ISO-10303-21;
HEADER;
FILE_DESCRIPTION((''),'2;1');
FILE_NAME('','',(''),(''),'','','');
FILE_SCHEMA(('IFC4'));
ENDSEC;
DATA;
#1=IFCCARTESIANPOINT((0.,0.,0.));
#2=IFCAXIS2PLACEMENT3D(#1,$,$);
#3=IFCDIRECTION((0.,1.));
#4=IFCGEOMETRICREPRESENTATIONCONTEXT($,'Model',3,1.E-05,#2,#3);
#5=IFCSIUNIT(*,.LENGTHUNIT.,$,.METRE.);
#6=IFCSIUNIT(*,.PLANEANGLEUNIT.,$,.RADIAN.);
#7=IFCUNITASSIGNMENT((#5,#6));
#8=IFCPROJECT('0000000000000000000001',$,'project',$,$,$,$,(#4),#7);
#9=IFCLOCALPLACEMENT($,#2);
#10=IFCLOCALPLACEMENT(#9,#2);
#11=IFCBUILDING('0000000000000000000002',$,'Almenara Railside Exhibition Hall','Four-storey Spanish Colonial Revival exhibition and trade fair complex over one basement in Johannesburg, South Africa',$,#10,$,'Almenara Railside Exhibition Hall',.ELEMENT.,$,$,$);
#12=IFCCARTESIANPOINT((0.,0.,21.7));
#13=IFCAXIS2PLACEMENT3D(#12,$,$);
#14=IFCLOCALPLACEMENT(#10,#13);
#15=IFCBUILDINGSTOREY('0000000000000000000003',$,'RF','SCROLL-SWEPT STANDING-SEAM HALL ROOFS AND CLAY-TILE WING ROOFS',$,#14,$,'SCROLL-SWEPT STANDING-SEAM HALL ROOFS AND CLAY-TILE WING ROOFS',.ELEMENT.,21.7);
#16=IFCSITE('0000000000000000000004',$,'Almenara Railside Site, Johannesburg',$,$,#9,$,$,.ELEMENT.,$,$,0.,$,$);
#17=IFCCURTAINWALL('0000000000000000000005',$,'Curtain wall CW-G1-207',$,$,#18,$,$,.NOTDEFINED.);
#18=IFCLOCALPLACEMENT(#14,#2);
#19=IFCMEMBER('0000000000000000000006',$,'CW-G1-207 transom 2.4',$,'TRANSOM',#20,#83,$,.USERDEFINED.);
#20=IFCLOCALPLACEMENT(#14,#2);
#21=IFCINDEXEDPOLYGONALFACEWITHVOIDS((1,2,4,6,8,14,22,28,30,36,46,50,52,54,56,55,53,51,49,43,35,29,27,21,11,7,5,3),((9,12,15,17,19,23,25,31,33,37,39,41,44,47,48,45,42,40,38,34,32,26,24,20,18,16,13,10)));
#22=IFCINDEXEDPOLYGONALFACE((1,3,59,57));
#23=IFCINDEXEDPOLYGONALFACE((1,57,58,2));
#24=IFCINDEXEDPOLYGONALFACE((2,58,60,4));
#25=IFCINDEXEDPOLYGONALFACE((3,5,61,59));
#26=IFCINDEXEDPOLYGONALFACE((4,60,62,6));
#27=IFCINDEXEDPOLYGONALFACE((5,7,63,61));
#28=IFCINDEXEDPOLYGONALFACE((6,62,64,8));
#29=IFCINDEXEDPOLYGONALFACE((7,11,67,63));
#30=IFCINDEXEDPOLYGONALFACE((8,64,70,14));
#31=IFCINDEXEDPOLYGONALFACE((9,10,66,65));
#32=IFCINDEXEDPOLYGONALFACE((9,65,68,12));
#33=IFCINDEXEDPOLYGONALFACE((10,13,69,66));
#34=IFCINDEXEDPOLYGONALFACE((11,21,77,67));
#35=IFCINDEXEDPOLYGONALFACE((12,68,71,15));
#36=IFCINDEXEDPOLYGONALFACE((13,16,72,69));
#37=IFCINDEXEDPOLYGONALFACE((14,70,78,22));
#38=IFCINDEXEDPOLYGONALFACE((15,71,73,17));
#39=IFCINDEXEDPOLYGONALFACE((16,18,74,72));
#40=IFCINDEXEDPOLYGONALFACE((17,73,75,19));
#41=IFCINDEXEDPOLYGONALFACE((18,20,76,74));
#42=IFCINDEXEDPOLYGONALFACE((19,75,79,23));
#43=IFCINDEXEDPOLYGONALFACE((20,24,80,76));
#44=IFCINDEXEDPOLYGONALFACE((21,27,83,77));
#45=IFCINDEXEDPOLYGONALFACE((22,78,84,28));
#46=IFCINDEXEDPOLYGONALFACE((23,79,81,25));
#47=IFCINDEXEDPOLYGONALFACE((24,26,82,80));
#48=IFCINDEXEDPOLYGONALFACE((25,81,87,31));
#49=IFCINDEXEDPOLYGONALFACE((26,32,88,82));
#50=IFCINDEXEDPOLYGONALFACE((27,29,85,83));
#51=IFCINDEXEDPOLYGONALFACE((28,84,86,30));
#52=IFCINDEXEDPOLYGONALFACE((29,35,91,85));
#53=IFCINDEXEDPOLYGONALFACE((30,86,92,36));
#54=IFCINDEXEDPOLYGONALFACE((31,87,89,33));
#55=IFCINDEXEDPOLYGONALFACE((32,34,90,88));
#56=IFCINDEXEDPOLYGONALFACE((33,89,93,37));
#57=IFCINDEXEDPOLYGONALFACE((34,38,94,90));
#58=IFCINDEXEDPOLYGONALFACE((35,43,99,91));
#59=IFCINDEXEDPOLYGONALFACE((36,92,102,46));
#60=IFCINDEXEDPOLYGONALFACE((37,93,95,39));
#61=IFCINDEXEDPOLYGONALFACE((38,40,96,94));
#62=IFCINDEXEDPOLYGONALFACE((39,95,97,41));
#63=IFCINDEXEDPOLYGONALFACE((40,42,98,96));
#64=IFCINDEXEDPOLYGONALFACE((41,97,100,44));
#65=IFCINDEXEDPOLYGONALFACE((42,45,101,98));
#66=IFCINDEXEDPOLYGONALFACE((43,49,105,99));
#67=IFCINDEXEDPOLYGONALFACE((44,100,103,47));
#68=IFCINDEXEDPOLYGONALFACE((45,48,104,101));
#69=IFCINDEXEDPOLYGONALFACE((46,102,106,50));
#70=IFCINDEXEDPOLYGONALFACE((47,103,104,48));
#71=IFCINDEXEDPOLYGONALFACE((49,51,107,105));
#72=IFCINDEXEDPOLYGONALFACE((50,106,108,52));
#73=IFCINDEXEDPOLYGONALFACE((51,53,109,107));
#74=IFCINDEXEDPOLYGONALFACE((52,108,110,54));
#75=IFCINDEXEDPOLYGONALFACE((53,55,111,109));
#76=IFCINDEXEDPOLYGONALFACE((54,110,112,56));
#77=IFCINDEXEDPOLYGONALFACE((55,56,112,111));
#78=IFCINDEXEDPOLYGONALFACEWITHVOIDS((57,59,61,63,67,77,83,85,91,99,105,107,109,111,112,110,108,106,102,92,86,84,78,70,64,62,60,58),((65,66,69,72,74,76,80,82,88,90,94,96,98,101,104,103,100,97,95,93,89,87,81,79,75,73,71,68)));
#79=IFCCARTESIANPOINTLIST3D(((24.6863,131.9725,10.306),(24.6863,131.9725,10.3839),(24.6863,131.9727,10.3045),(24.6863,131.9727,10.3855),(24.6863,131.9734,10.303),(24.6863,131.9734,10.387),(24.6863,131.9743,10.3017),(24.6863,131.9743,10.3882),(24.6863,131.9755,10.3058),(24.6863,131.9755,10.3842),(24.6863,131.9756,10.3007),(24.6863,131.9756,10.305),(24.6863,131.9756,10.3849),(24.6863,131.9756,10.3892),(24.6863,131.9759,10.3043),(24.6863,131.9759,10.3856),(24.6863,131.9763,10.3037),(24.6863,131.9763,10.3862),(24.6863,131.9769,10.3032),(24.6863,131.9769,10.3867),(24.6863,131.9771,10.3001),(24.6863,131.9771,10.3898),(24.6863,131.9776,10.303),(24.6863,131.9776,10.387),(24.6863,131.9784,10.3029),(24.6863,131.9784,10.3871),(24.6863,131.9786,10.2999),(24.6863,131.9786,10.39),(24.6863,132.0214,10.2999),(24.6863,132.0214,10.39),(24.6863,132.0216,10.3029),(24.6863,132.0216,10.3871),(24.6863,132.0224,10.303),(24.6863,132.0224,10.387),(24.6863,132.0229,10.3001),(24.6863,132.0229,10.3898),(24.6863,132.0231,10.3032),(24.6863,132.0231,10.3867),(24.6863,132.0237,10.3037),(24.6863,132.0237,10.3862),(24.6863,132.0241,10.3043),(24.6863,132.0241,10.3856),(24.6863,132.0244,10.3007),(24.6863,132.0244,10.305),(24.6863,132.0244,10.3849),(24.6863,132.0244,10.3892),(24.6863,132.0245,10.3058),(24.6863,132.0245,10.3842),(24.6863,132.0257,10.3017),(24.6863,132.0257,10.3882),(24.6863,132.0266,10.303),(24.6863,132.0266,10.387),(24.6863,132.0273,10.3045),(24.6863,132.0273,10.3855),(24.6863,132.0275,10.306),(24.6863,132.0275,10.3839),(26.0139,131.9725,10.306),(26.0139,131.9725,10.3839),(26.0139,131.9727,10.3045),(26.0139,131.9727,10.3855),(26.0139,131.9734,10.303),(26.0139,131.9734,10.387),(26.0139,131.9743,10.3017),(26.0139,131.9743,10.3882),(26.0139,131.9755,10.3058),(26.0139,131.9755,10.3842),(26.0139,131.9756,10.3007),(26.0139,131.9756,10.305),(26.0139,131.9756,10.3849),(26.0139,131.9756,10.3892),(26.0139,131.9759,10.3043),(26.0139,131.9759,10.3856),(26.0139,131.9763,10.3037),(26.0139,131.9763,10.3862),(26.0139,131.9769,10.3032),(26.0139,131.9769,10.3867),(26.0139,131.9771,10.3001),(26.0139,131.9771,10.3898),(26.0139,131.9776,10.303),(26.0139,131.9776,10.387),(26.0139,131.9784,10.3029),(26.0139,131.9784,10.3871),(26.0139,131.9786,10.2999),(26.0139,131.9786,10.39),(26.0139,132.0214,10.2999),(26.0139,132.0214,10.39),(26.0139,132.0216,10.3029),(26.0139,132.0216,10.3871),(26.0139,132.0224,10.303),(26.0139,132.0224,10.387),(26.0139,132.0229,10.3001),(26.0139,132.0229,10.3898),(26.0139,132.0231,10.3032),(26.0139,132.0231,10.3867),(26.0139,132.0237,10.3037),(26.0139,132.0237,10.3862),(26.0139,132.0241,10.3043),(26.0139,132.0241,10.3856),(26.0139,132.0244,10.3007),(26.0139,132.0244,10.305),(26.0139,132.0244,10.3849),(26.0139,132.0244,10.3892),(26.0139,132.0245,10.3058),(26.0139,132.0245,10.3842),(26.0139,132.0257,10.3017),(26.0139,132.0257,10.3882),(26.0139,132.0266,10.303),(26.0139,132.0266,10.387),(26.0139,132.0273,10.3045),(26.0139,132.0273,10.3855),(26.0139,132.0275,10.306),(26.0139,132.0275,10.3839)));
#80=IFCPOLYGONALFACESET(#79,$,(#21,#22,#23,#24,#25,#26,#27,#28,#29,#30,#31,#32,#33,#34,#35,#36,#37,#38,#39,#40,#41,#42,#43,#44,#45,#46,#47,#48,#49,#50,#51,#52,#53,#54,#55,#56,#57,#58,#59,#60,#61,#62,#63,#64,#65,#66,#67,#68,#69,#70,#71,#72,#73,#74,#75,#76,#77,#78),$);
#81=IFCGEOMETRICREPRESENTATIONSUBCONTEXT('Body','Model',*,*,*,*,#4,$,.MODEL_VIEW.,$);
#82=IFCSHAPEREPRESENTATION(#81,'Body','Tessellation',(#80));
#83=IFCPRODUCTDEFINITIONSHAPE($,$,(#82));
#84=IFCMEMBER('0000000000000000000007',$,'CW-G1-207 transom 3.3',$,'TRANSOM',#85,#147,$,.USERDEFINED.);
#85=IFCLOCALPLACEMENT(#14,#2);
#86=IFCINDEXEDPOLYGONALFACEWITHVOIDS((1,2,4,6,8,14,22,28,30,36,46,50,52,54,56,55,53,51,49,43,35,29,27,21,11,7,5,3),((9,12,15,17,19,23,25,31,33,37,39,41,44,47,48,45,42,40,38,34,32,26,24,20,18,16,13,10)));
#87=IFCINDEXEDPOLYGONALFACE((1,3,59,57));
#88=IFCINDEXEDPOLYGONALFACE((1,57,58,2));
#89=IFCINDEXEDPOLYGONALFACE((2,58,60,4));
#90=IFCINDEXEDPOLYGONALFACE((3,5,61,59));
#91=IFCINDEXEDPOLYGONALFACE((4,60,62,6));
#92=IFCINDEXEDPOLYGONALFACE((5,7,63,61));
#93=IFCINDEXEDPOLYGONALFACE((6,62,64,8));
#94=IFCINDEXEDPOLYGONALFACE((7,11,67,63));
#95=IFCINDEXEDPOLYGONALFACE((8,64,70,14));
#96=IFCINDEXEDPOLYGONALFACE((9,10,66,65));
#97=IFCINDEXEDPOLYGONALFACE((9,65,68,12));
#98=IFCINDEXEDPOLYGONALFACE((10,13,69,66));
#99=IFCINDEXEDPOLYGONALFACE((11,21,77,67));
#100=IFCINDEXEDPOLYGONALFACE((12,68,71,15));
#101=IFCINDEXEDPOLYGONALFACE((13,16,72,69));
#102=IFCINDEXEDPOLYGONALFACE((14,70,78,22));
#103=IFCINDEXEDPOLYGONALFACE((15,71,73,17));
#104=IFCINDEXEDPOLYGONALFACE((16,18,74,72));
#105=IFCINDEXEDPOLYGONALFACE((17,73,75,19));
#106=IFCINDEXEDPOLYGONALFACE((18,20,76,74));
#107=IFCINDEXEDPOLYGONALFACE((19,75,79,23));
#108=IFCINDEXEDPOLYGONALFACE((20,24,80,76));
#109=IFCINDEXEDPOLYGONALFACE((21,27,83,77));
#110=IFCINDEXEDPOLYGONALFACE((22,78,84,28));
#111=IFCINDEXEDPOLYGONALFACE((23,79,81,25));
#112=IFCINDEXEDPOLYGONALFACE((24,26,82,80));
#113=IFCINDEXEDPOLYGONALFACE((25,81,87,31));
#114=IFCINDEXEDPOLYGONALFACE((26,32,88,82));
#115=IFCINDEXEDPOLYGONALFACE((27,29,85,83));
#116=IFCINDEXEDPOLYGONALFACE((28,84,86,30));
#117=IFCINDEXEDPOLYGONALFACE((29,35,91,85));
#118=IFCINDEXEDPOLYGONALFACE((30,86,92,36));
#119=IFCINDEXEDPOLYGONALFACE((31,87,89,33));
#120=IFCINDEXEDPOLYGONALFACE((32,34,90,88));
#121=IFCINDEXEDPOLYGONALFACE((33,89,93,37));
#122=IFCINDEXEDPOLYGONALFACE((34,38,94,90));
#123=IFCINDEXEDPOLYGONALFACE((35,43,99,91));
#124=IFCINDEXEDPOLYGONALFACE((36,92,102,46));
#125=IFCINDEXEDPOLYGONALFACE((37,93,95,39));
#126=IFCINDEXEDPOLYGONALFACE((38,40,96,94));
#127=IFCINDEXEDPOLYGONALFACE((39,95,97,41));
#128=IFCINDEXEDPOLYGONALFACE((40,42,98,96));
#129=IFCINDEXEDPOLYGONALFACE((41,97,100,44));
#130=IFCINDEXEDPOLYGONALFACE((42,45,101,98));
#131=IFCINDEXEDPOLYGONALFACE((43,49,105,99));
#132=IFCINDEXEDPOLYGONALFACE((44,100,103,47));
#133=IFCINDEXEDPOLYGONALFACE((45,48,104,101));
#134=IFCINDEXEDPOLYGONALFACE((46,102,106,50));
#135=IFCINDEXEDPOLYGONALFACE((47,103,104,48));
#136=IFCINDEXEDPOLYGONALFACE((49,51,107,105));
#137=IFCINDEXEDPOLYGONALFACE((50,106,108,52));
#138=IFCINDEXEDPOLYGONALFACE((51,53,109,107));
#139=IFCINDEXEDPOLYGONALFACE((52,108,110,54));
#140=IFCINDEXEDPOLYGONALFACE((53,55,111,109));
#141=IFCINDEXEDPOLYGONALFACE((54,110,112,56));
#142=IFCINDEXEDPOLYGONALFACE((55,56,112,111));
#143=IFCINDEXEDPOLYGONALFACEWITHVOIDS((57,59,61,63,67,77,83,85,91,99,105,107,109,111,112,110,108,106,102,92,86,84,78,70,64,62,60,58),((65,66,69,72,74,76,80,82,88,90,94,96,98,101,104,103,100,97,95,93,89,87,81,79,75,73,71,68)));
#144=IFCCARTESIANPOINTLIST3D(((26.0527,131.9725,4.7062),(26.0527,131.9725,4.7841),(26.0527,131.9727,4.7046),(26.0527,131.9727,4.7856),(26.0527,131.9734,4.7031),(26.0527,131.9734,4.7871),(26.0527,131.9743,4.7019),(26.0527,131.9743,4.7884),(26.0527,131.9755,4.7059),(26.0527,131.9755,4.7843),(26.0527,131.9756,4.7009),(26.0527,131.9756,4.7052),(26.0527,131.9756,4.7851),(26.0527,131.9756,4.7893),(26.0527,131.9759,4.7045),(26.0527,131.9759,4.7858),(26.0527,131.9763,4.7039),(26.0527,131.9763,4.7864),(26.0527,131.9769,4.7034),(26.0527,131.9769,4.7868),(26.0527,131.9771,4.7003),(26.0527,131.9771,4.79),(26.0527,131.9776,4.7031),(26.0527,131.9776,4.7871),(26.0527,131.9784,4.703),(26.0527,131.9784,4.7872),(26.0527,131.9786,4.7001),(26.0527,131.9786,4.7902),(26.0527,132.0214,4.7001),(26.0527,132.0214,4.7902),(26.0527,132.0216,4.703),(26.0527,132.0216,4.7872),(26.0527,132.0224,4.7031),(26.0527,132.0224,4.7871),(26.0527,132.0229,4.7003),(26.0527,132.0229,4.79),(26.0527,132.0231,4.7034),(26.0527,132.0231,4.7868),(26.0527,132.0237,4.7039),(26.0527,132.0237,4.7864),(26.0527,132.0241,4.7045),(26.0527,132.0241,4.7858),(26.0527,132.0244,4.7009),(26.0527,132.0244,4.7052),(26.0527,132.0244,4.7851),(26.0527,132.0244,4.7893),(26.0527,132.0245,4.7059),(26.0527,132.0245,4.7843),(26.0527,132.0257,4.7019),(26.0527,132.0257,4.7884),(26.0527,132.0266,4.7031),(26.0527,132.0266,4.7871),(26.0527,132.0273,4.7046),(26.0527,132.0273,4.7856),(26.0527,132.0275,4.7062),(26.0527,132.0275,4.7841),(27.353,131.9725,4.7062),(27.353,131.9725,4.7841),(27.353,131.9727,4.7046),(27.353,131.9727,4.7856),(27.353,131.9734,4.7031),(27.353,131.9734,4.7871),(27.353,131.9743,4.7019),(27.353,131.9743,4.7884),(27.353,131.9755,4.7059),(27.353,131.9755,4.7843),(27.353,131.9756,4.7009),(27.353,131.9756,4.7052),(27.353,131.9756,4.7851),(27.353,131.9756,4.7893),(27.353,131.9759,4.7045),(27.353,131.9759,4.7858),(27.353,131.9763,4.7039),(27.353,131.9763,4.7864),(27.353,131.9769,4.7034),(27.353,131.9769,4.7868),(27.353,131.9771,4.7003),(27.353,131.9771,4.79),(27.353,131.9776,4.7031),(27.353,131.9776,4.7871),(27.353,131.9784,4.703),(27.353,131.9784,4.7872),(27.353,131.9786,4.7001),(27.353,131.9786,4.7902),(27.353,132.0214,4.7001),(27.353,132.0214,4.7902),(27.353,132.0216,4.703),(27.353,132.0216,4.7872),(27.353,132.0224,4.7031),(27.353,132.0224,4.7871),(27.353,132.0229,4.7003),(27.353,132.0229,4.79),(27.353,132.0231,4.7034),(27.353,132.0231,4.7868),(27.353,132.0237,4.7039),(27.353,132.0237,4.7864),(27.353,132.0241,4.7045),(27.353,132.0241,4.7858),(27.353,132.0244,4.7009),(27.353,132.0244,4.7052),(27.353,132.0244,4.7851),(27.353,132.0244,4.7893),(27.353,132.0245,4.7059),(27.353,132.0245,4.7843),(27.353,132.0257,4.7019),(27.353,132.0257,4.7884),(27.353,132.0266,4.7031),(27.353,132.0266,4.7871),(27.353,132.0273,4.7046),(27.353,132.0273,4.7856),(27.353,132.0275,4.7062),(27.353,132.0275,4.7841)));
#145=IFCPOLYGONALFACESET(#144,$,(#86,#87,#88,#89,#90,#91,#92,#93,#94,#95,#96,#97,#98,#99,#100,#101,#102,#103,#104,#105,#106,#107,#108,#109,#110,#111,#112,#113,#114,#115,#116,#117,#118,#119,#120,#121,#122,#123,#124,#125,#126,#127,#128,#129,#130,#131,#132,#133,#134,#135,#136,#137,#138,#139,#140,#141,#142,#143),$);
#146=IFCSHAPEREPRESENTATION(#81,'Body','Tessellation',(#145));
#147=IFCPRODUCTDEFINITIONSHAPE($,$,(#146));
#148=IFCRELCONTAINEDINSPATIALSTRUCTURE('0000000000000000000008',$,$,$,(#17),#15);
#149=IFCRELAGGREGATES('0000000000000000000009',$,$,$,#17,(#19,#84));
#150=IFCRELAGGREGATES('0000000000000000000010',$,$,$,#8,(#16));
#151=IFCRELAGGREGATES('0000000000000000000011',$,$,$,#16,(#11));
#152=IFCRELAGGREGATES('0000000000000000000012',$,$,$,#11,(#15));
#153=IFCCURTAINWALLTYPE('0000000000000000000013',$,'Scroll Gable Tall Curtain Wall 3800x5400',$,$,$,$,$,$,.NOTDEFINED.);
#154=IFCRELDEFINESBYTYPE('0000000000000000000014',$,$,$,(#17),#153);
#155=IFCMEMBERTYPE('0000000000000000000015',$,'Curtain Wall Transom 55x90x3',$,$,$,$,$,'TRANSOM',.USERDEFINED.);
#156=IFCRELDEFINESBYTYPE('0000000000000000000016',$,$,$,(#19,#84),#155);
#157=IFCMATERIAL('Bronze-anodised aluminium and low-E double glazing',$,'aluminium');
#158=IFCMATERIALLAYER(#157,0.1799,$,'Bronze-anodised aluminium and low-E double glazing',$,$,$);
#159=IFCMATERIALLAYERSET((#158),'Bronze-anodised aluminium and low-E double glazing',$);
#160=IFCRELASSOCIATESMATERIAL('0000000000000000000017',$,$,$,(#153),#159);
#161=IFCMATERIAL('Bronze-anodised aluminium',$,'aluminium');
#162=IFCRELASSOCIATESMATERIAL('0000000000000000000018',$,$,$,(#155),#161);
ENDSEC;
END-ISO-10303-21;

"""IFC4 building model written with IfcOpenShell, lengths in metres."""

from ifc_helpers import new_model, si_unit, direction, frame, origin, origin_2d, place, context, subcontext, project, spatial, hollow_rectangle, extrude, material, layer, layer_set, material_profile, profile_set, type_object, element, aggregate, save


model = new_model("IFC4")

# Units and contexts
model_context = context("Model", 3, precision=1e-05, world=origin(), true_north=direction((0.0, 1.0)))
body_context = subcontext(model_context, "Body", "Model", "MODEL_VIEW")
ifc_project = project(units=[si_unit("LENGTHUNIT", "METRE"), si_unit("PLANEANGLEUNIT", "RADIAN")], contexts=[model_context])

# Site, building, storey
site_placement = place(None, origin())
site = spatial("IfcSite", under=ifc_project, at=site_placement, Name="Almenara Railside Site, Johannesburg", CompositionType="ELEMENT", RefElevation=0.0)
building_placement = place(site_placement, origin())
building = spatial("IfcBuilding", under=site, at=building_placement, Name="Almenara Railside Exhibition Hall", Description="Four-storey Spanish Colonial Revival exhibition and trade fair complex over one basement in Johannesburg, South Africa", LongName="Almenara Railside Exhibition Hall", CompositionType="ELEMENT")
storey_placement = place(building_placement, frame((0.0, 0.0, 21.7)))
storey = spatial("IfcBuildingStorey", under=building, at=storey_placement, Name="RF", Description="SCROLL-SWEPT STANDING-SEAM HALL ROOFS AND CLAY-TILE WING ROOFS", LongName="SCROLL-SWEPT STANDING-SEAM HALL ROOFS AND CLAY-TILE WING ROOFS", CompositionType="ELEMENT", Elevation=21.7)

# Curtain wall, members
ifc_material_1 = material(Name="Bronze-anodised aluminium and low-E double glazing", Category="aluminium")
ifc_layer_1 = layer(ifc_material_1, 0.1799, Name="Bronze-anodised aluminium and low-E double glazing")
ifc_layer_set_1 = layer_set([ifc_layer_1], Name="Bronze-anodised aluminium and low-E double glazing")
curtain_wall_type = type_object("IfcCurtainWallType", Name="Scroll Gable Tall Curtain Wall 3800x5400", PredefinedType="NOTDEFINED", material=ifc_layer_set_1)
curtain_wall_1_placement = place(storey_placement, origin())
curtain_wall_1 = element("IfcCurtainWall", 1, at=curtain_wall_1_placement, inside=storey, type_object=curtain_wall_type, Name="Curtain wall CW-G1-207", PredefinedType="NOTDEFINED")
ifc_material_2 = material(Name="Bronze-anodised aluminium", Category="aluminium")
ifc_material_profile_1 = material_profile(ifc_material_2, hollow_rectangle(XDim=0.0549, YDim=0.0901, WallThickness=0.0029, InnerFilletRadius=0.0029, OuterFilletRadius=0.0061, at=origin_2d()), Name="ALU-TRN 55x90x3")
ifc_profile_set_1 = profile_set([ifc_material_profile_1], Name="Bronze-anodised aluminium")
member_type_1 = type_object("IfcMemberType", Name="Curtain Wall Transom 55x90x3", ElementType="TRANSOM", PredefinedType="USERDEFINED", material=ifc_profile_set_1)
member_1_placement = place(storey_placement, frame((24.6863, 132.0, 10.345), z_axis=(1.0, 0.0, 0.0), x_axis=(0.0, 1.0, 0.0)))
member_1 = element("IfcMember", 2, at=member_1_placement, type_object=member_type_1, Name="CW-G1-207 transom 2.4", ObjectType="TRANSOM", PredefinedType="USERDEFINED", context=body_context, shape_type="SweptSolid", body=[
    extrude(hollow_rectangle(XDim=0.0549, YDim=0.0901, WallThickness=0.0029, InnerFilletRadius=0.0029, OuterFilletRadius=0.0061, at=origin_2d()), origin(), (0.0, 0.0, 1.0), 1.3276),
])
member_2_placement = place(storey_placement, frame((26.0527, 132.0, 4.7451), z_axis=(1.0, 0.0, 0.0), x_axis=(0.0, 1.0, 0.0)))
member_2 = element("IfcMember", 3, at=member_2_placement, type_object=member_type_1, Name="CW-G1-207 transom 3.3", ObjectType="TRANSOM", PredefinedType="USERDEFINED", context=body_context, shape_type="SweptSolid", body=[
    extrude(hollow_rectangle(XDim=0.0549, YDim=0.0901, WallThickness=0.0029, InnerFilletRadius=0.0029, OuterFilletRadius=0.0061, at=origin_2d()), origin(), (0.0, 0.0, 1.0), 1.3003),
])

aggregate(curtain_wall_1, [member_1, member_2])

save(model, "model.ifc")
